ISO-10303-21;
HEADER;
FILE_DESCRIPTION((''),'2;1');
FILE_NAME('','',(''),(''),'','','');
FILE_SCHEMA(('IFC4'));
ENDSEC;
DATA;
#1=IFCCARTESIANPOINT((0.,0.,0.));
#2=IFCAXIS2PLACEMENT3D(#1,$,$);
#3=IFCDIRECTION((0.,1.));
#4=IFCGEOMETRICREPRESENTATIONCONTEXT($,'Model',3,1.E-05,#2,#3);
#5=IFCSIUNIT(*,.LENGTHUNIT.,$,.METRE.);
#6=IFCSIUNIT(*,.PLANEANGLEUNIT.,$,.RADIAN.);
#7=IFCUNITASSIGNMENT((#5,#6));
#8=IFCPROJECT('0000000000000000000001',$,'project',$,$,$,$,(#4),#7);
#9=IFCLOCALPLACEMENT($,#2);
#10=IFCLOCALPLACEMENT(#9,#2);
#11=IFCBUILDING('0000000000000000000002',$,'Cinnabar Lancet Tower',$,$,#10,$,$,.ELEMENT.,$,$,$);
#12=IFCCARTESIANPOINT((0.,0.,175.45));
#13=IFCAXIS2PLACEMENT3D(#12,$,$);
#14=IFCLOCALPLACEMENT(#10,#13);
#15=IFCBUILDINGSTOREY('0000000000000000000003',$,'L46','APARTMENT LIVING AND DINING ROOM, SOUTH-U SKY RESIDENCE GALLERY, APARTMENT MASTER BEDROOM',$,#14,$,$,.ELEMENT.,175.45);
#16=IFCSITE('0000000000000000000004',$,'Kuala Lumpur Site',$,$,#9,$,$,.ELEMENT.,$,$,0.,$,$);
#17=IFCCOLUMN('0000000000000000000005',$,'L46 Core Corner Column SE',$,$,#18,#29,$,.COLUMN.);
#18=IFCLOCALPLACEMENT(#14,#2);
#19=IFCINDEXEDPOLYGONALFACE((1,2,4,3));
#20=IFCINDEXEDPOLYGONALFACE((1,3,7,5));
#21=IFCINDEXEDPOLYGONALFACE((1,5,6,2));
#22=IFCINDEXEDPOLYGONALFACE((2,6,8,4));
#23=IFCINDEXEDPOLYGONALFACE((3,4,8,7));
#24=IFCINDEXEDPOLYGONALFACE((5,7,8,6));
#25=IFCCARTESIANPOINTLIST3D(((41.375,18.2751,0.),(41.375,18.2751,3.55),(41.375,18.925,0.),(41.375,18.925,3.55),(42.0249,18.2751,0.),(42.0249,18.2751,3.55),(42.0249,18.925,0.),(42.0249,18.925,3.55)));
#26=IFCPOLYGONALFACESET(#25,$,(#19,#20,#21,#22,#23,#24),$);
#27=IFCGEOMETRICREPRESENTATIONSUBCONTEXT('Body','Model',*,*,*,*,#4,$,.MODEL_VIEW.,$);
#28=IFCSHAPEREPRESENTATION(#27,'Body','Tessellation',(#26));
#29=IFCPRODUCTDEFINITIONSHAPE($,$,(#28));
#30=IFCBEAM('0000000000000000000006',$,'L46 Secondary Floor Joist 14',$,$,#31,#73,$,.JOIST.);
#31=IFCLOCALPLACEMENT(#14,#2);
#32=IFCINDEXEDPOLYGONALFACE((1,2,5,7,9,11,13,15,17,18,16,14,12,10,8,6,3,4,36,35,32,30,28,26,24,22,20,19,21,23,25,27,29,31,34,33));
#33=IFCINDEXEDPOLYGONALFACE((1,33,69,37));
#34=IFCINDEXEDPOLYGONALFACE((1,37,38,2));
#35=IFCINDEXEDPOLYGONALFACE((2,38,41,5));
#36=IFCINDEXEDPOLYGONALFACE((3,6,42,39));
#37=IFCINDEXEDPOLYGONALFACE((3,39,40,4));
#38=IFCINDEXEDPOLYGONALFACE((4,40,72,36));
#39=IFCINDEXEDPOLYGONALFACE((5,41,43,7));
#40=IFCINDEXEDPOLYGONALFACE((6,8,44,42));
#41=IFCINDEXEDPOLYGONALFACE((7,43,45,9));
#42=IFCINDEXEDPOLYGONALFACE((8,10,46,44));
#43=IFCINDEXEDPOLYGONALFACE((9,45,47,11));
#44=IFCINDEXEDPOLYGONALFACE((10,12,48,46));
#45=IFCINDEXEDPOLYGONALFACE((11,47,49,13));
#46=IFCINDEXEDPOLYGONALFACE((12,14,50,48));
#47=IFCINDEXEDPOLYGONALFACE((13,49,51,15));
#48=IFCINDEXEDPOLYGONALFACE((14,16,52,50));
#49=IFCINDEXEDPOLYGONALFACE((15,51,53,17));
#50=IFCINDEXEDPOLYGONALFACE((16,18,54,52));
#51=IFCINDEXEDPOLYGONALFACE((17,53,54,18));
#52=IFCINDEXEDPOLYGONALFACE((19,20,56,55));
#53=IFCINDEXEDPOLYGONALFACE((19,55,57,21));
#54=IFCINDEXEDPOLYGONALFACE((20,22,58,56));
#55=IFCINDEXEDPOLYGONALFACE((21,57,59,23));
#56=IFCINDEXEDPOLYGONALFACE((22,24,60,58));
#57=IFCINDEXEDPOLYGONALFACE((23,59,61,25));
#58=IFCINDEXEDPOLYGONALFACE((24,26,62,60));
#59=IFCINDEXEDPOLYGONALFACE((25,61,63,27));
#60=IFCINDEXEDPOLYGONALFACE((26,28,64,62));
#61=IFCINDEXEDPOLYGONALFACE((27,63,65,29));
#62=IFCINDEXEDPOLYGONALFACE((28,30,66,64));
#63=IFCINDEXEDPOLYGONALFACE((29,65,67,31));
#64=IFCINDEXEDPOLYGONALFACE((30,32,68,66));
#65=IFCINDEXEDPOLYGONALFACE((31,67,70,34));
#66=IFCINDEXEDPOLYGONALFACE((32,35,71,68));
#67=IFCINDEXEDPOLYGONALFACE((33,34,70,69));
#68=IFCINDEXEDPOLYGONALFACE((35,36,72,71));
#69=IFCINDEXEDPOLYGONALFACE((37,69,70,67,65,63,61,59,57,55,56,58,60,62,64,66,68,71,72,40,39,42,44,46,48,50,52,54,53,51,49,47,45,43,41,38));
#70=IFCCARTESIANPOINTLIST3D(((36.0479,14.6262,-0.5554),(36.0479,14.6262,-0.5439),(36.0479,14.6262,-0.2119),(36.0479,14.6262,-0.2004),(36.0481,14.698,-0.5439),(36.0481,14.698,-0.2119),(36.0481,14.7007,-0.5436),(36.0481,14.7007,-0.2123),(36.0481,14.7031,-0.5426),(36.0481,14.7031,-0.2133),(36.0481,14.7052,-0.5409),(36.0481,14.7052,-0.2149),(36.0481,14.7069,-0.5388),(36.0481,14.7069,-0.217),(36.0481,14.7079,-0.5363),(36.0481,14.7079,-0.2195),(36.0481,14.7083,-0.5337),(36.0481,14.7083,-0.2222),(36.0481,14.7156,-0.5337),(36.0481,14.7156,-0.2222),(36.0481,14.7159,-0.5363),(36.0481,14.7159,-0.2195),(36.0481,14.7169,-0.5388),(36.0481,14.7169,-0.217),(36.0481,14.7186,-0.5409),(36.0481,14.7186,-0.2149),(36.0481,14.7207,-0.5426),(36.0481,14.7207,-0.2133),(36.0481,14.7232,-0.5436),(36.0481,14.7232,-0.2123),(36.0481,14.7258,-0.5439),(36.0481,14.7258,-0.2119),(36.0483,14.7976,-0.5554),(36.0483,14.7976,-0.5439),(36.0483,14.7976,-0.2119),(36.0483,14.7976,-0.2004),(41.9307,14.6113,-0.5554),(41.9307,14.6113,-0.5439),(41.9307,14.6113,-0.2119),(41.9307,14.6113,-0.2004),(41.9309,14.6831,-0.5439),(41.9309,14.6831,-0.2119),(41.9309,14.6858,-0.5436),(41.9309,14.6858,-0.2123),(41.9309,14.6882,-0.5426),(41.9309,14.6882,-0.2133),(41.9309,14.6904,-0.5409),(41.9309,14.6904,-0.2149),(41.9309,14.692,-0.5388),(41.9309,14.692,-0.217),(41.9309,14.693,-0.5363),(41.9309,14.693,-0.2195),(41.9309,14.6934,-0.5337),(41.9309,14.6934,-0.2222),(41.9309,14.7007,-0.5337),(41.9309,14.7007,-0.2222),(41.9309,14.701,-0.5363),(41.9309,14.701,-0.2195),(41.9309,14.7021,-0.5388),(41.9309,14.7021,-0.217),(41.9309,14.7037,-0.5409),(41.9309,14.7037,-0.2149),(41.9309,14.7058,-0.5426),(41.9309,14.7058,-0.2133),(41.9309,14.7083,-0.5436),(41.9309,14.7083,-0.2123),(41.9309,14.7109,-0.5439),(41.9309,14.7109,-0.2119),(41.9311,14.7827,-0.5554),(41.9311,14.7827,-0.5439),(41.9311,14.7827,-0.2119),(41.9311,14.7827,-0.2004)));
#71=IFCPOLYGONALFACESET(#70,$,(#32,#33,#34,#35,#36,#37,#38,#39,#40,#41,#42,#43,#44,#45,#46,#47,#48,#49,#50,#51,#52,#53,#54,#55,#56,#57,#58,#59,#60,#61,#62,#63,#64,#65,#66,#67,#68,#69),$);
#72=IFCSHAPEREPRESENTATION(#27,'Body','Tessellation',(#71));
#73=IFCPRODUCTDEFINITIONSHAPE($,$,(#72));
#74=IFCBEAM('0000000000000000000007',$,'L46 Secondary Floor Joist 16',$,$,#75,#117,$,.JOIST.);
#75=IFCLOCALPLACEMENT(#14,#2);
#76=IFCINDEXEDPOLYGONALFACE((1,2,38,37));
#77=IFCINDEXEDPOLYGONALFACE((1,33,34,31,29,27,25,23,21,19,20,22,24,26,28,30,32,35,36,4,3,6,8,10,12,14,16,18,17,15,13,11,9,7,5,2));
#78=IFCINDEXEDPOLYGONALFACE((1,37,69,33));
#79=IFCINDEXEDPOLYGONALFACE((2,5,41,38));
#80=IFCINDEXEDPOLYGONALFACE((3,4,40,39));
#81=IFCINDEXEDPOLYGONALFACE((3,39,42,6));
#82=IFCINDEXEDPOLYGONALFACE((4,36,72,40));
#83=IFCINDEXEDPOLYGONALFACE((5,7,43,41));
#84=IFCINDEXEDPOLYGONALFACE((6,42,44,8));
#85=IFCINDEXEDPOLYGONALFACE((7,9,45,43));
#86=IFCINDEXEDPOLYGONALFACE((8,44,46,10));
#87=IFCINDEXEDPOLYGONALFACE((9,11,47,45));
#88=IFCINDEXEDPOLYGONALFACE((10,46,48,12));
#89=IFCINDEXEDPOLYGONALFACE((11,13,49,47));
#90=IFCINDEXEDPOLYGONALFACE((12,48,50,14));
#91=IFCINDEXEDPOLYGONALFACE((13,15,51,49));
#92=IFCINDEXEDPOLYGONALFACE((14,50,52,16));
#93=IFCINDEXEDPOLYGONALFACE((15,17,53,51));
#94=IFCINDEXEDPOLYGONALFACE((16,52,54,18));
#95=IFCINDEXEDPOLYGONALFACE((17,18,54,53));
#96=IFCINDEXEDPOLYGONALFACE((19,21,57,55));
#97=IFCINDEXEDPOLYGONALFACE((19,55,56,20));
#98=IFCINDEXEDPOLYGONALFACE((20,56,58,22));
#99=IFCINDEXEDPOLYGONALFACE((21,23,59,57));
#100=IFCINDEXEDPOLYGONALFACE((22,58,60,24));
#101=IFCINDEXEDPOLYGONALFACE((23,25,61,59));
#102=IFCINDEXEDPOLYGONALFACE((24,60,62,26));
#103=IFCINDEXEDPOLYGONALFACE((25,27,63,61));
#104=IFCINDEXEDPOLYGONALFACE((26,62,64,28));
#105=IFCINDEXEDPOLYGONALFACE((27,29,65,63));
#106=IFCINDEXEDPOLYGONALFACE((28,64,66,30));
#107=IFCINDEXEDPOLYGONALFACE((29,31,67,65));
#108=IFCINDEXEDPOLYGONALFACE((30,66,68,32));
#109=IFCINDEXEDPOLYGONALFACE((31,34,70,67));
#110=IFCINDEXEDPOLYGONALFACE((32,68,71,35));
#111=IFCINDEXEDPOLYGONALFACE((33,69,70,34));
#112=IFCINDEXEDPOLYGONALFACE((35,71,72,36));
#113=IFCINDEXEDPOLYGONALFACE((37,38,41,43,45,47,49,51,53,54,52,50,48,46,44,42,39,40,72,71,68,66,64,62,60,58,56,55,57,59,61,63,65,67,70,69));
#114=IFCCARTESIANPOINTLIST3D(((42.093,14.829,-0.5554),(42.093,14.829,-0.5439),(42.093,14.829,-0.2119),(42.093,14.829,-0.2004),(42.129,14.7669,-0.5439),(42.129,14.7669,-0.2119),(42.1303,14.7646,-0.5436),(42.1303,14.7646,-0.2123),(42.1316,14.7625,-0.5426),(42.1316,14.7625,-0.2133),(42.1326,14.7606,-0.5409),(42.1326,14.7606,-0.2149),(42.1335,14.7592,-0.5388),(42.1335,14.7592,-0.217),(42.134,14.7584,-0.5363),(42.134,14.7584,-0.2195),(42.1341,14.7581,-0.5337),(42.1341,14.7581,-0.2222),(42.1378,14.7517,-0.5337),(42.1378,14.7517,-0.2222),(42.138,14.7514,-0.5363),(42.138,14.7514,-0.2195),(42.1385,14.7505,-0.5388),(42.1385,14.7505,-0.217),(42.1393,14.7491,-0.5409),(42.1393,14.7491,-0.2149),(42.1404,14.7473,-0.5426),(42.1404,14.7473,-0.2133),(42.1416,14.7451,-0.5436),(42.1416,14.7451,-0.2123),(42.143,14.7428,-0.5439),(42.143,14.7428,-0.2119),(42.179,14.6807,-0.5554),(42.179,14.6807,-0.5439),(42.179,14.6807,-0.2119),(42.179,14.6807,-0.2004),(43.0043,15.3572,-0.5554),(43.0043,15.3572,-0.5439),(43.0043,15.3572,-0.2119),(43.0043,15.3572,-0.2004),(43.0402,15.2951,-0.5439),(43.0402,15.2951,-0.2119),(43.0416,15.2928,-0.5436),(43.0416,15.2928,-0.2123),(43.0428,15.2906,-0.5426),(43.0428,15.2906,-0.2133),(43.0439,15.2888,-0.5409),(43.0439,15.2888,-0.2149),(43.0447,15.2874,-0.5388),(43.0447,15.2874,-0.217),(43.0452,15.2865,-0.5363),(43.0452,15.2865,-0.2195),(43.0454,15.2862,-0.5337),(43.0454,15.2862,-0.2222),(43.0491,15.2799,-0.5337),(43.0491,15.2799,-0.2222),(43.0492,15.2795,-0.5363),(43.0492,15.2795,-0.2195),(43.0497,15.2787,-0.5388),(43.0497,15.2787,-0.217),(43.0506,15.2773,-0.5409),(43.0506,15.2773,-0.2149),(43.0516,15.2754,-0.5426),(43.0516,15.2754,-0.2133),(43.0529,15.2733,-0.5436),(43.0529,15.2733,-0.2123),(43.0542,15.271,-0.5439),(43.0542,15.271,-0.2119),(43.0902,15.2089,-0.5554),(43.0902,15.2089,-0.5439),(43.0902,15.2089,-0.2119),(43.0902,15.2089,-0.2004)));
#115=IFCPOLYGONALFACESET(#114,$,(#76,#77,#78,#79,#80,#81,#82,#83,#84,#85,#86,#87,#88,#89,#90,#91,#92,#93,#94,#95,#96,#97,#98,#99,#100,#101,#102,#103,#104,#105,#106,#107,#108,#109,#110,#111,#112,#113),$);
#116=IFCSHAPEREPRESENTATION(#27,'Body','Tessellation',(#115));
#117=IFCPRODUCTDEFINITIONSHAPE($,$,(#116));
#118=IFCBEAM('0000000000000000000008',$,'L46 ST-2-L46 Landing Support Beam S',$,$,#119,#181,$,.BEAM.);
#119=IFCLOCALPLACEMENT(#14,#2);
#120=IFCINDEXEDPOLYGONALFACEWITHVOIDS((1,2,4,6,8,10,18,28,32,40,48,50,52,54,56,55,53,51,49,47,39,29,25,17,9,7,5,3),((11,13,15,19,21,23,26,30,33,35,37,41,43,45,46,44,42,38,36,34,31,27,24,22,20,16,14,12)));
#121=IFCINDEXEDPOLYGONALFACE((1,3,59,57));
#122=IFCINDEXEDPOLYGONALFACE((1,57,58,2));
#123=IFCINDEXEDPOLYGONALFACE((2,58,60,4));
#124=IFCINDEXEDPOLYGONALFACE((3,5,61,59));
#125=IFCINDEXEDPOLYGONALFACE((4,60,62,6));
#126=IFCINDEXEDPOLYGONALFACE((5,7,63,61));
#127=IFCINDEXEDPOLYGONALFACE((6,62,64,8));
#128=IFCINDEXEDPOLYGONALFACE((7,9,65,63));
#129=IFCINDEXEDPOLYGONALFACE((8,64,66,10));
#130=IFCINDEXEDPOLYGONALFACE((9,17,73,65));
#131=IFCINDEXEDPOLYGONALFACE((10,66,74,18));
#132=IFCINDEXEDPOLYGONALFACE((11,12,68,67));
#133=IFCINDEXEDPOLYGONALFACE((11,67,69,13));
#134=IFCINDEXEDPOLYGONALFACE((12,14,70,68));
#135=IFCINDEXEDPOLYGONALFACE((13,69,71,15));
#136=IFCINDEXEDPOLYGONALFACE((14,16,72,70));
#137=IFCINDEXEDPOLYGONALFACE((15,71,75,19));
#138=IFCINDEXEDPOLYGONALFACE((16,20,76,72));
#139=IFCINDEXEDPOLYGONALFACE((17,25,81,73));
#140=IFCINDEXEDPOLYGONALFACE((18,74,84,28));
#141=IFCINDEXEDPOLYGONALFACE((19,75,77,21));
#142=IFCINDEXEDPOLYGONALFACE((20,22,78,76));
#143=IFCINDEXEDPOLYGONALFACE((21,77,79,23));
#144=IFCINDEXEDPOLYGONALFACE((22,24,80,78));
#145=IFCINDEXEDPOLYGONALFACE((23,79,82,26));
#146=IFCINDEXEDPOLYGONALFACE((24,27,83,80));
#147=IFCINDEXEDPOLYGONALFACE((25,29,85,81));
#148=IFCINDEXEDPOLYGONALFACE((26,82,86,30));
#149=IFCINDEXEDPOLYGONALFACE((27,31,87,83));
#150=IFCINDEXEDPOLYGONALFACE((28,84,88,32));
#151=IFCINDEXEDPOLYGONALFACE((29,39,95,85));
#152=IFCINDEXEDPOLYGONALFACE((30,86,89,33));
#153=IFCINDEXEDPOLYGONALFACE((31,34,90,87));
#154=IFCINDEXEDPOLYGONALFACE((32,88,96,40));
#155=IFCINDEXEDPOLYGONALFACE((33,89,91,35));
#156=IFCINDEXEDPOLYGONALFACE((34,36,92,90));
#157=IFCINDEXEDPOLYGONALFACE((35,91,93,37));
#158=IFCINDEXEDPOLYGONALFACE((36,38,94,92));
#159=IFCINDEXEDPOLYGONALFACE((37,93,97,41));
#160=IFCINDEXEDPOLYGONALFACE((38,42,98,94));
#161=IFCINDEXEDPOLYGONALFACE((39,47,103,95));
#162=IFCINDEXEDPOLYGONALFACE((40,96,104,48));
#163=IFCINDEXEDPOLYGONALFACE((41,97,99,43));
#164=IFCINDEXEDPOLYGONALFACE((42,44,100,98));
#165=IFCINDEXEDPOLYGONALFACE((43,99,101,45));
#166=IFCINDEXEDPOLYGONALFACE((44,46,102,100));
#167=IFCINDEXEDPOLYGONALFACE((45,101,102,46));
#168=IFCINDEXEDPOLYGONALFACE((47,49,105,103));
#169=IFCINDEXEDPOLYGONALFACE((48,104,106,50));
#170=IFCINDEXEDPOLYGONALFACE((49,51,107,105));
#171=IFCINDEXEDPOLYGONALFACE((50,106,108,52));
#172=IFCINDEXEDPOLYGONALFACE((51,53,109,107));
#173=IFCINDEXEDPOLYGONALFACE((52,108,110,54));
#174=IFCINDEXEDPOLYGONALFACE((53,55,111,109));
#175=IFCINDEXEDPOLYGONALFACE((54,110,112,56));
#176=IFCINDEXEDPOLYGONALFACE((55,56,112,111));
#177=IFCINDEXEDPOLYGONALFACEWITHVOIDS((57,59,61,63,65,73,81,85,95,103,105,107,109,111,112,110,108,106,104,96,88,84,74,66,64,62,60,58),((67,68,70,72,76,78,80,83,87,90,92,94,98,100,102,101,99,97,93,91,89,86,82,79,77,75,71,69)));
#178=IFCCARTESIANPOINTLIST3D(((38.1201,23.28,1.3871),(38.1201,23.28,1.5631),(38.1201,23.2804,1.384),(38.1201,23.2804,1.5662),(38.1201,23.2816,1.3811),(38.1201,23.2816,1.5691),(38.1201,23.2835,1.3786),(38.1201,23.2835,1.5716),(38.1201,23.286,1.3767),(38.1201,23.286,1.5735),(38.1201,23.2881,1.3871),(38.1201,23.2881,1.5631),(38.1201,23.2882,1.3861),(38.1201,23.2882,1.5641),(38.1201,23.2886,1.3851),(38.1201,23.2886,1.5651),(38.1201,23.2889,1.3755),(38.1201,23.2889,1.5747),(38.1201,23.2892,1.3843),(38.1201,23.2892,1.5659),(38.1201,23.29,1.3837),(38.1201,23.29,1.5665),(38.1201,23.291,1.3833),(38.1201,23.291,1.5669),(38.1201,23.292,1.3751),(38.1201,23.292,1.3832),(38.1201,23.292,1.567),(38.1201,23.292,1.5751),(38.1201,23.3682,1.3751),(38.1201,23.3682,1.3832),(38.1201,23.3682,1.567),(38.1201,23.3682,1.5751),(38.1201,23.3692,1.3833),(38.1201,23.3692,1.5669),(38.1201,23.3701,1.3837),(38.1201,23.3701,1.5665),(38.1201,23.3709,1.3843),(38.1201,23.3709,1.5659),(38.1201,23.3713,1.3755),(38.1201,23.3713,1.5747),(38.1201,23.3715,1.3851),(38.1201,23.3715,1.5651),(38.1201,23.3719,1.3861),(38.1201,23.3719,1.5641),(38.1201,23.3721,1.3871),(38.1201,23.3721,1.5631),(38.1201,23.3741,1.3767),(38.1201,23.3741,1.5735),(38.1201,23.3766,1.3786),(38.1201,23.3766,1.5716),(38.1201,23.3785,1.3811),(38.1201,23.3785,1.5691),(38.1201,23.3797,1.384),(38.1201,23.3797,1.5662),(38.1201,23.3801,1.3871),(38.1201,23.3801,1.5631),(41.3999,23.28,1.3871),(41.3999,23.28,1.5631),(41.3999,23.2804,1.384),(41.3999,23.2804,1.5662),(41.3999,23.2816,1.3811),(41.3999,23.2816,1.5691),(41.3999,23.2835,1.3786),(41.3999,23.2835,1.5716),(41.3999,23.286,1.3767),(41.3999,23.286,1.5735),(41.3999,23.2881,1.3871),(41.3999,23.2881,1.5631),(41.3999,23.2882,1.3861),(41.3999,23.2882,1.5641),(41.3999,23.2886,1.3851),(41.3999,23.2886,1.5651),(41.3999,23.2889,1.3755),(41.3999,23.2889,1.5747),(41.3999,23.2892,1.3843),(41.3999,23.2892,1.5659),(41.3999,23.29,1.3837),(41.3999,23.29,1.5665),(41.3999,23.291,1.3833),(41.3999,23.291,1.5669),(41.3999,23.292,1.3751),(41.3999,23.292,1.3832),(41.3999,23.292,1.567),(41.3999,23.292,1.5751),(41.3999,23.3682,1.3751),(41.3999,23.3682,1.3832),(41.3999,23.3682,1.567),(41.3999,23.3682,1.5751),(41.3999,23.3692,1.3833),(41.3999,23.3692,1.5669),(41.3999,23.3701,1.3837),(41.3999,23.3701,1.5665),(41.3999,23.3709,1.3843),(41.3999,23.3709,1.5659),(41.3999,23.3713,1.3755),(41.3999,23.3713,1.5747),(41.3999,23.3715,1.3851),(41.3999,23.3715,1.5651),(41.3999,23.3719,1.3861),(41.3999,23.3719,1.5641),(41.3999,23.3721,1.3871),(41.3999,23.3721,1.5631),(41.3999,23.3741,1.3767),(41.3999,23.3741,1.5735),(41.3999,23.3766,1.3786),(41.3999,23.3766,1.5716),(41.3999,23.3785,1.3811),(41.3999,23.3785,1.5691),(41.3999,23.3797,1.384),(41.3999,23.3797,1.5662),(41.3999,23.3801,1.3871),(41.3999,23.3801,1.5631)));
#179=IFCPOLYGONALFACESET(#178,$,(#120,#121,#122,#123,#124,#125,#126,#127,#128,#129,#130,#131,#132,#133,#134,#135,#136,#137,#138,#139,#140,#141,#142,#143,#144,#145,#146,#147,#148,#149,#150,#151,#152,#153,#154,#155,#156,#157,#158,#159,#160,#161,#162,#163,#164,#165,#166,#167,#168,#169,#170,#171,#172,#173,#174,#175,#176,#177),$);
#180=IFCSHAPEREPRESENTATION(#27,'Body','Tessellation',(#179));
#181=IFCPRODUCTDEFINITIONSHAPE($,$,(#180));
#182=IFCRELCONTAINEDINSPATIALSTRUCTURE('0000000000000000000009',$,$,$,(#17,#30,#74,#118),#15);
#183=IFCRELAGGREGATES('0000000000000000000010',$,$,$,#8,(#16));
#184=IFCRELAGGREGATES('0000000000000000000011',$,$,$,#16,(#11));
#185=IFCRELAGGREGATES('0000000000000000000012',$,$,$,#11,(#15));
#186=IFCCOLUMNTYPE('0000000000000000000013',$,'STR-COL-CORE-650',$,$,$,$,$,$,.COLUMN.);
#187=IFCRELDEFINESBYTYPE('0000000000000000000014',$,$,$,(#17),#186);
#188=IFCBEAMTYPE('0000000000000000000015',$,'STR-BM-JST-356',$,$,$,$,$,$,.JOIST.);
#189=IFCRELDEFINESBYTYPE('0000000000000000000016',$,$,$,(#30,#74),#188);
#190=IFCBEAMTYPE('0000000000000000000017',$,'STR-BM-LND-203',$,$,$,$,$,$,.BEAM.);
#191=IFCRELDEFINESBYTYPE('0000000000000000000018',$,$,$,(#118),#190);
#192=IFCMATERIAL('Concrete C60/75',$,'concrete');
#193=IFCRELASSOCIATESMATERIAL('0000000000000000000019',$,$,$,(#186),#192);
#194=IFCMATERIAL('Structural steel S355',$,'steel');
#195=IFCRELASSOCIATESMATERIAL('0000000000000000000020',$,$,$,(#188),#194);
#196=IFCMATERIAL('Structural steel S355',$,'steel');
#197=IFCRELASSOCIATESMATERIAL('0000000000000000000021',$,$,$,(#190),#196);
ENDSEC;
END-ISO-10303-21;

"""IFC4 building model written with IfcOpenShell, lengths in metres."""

from ifc_helpers import new_model, si_unit, direction, frame, origin, origin_2d, place, context, subcontext, project, spatial, rectangle, hollow_rectangle, i_section, extrude, material, material_profile, profile_set, type_object, element, save


model = new_model("IFC4")

# Units and contexts
model_context = context("Model", 3, precision=1e-05, world=origin(), true_north=direction((0.0, 1.0)))
body_context = subcontext(model_context, "Body", "Model", "MODEL_VIEW")
ifc_project = project(units=[si_unit("LENGTHUNIT", "METRE"), si_unit("PLANEANGLEUNIT", "RADIAN")], contexts=[model_context])

# Site, building, storey
site_placement = place(None, origin())
site = spatial("IfcSite", under=ifc_project, at=site_placement, Name="Kuala Lumpur Site", CompositionType="ELEMENT", RefElevation=0.0)
building_placement = place(site_placement, origin())
building = spatial("IfcBuilding", under=site, at=building_placement, Name="Cinnabar Lancet Tower", CompositionType="ELEMENT")
storey_placement = place(building_placement, frame((0.0, 0.0, 175.45)))
storey = spatial("IfcBuildingStorey", under=building, at=storey_placement, Name="L46", Description="APARTMENT LIVING AND DINING ROOM, SOUTH-U SKY RESIDENCE GALLERY, APARTMENT MASTER BEDROOM", CompositionType="ELEMENT", Elevation=175.45)

# Column
ifc_material_1 = material(Name="Concrete C60/75", Category="concrete")
ifc_material_profile_1 = material_profile(ifc_material_1, rectangle(XDim=0.6499, YDim=0.6499, at=origin_2d()), Name="RC-COL 650x650")
ifc_profile_set_1 = profile_set([ifc_material_profile_1], Name="Concrete C60/75")
column_type = type_object("IfcColumnType", Name="STR-COL-CORE-650", PredefinedType="COLUMN", material=ifc_profile_set_1)
column_placement = place(storey_placement, frame((41.7, 18.6001, 0.0), z_axis=(0.0, 0.0, 1.0), x_axis=(1.0, 0.0, 0.0)))
element("IfcColumn", 1, at=column_placement, inside=storey, type_object=column_type, Name="L46 Core Corner Column SE", PredefinedType="COLUMN", context=body_context, shape_type="SweptSolid", body=[
    extrude(rectangle(XDim=0.6499, YDim=0.6499, at=origin_2d()), origin(), (0.0, 0.0, 1.0), 3.55),
])

# Beams
ifc_material_2 = material(Name="Structural steel S355", Category="steel")
ifc_material_profile_2 = material_profile(ifc_material_2, i_section(OverallWidth=0.1714, OverallDepth=0.355, WebThickness=0.0073, FlangeThickness=0.0115, FilletRadius=0.0103, at=origin_2d()), Name="UKB 356x171x51")
ifc_profile_set_2 = profile_set([ifc_material_profile_2], Name="Structural steel S355")
beam_type_1 = type_object("IfcBeamType", Name="STR-BM-JST-356", PredefinedType="JOIST", material=ifc_profile_set_2)
beam_1_placement = place(storey_placement, frame((36.0481, 14.7119, -0.3779), z_axis=(0.999997, -0.002532, 0.0), x_axis=(0.002532, 0.999997, 0.0)))
element("IfcBeam", 2, at=beam_1_placement, inside=storey, type_object=beam_type_1, Name="L46 Secondary Floor Joist 14", PredefinedType="JOIST", context=body_context, shape_type="SweptSolid", body=[
    extrude(i_section(OverallWidth=0.1714, OverallDepth=0.355, WebThickness=0.0073, FlangeThickness=0.0115, FilletRadius=0.0103, at=origin_2d()), origin(), (0.0, 0.0, 1.0), 5.8828),
])
beam_2_placement = place(storey_placement, frame((42.136, 14.7549, -0.3779), z_axis=(0.865188, 0.501447, 0.0), x_axis=(-0.501447, 0.865188, 0.0)))
element("IfcBeam", 3, at=beam_2_placement, inside=storey, type_object=beam_type_1, Name="L46 Secondary Floor Joist 16", PredefinedType="JOIST", context=body_context, shape_type="SweptSolid", body=[
    extrude(i_section(OverallWidth=0.1714, OverallDepth=0.355, WebThickness=0.0073, FlangeThickness=0.0115, FilletRadius=0.0103, at=origin_2d()), origin(), (0.0, 0.0, 1.0), 1.0532),
])
ifc_material_3 = material(Name="Structural steel S355", Category="steel")
ifc_material_profile_3 = material_profile(ifc_material_3, hollow_rectangle(XDim=0.1001, YDim=0.2, WallThickness=0.0081, InnerFilletRadius=0.0039, OuterFilletRadius=0.012, at=origin_2d()), Name="RHS 200x100x8")
ifc_profile_set_3 = profile_set([ifc_material_profile_3], Name="Structural steel S355")
beam_type_2 = type_object("IfcBeamType", Name="STR-BM-LND-203", PredefinedType="BEAM", material=ifc_profile_set_3)
for number, where, z_axis, x_axis, name in (
    (4, (38.1201, 23.3301, 1.4751), (1.0, 0.0, 0.0), (0.0, 1.0, 0.0), "L46 ST-2-L46 Landing Support Beam S"),
):
    element("IfcBeam", number, at=place(storey_placement, frame(where, z_axis=z_axis, x_axis=x_axis)), inside=storey, type_object=beam_type_2, Name=name, PredefinedType="BEAM", context=body_context, shape_type="SweptSolid", body=[
        extrude(hollow_rectangle(XDim=0.1001, YDim=0.2, WallThickness=0.0081, InnerFilletRadius=0.0039, OuterFilletRadius=0.012, at=origin_2d()), origin(), (0.0, 0.0, 1.0), 3.2798),
    ])

save(model, "model.ifc")
